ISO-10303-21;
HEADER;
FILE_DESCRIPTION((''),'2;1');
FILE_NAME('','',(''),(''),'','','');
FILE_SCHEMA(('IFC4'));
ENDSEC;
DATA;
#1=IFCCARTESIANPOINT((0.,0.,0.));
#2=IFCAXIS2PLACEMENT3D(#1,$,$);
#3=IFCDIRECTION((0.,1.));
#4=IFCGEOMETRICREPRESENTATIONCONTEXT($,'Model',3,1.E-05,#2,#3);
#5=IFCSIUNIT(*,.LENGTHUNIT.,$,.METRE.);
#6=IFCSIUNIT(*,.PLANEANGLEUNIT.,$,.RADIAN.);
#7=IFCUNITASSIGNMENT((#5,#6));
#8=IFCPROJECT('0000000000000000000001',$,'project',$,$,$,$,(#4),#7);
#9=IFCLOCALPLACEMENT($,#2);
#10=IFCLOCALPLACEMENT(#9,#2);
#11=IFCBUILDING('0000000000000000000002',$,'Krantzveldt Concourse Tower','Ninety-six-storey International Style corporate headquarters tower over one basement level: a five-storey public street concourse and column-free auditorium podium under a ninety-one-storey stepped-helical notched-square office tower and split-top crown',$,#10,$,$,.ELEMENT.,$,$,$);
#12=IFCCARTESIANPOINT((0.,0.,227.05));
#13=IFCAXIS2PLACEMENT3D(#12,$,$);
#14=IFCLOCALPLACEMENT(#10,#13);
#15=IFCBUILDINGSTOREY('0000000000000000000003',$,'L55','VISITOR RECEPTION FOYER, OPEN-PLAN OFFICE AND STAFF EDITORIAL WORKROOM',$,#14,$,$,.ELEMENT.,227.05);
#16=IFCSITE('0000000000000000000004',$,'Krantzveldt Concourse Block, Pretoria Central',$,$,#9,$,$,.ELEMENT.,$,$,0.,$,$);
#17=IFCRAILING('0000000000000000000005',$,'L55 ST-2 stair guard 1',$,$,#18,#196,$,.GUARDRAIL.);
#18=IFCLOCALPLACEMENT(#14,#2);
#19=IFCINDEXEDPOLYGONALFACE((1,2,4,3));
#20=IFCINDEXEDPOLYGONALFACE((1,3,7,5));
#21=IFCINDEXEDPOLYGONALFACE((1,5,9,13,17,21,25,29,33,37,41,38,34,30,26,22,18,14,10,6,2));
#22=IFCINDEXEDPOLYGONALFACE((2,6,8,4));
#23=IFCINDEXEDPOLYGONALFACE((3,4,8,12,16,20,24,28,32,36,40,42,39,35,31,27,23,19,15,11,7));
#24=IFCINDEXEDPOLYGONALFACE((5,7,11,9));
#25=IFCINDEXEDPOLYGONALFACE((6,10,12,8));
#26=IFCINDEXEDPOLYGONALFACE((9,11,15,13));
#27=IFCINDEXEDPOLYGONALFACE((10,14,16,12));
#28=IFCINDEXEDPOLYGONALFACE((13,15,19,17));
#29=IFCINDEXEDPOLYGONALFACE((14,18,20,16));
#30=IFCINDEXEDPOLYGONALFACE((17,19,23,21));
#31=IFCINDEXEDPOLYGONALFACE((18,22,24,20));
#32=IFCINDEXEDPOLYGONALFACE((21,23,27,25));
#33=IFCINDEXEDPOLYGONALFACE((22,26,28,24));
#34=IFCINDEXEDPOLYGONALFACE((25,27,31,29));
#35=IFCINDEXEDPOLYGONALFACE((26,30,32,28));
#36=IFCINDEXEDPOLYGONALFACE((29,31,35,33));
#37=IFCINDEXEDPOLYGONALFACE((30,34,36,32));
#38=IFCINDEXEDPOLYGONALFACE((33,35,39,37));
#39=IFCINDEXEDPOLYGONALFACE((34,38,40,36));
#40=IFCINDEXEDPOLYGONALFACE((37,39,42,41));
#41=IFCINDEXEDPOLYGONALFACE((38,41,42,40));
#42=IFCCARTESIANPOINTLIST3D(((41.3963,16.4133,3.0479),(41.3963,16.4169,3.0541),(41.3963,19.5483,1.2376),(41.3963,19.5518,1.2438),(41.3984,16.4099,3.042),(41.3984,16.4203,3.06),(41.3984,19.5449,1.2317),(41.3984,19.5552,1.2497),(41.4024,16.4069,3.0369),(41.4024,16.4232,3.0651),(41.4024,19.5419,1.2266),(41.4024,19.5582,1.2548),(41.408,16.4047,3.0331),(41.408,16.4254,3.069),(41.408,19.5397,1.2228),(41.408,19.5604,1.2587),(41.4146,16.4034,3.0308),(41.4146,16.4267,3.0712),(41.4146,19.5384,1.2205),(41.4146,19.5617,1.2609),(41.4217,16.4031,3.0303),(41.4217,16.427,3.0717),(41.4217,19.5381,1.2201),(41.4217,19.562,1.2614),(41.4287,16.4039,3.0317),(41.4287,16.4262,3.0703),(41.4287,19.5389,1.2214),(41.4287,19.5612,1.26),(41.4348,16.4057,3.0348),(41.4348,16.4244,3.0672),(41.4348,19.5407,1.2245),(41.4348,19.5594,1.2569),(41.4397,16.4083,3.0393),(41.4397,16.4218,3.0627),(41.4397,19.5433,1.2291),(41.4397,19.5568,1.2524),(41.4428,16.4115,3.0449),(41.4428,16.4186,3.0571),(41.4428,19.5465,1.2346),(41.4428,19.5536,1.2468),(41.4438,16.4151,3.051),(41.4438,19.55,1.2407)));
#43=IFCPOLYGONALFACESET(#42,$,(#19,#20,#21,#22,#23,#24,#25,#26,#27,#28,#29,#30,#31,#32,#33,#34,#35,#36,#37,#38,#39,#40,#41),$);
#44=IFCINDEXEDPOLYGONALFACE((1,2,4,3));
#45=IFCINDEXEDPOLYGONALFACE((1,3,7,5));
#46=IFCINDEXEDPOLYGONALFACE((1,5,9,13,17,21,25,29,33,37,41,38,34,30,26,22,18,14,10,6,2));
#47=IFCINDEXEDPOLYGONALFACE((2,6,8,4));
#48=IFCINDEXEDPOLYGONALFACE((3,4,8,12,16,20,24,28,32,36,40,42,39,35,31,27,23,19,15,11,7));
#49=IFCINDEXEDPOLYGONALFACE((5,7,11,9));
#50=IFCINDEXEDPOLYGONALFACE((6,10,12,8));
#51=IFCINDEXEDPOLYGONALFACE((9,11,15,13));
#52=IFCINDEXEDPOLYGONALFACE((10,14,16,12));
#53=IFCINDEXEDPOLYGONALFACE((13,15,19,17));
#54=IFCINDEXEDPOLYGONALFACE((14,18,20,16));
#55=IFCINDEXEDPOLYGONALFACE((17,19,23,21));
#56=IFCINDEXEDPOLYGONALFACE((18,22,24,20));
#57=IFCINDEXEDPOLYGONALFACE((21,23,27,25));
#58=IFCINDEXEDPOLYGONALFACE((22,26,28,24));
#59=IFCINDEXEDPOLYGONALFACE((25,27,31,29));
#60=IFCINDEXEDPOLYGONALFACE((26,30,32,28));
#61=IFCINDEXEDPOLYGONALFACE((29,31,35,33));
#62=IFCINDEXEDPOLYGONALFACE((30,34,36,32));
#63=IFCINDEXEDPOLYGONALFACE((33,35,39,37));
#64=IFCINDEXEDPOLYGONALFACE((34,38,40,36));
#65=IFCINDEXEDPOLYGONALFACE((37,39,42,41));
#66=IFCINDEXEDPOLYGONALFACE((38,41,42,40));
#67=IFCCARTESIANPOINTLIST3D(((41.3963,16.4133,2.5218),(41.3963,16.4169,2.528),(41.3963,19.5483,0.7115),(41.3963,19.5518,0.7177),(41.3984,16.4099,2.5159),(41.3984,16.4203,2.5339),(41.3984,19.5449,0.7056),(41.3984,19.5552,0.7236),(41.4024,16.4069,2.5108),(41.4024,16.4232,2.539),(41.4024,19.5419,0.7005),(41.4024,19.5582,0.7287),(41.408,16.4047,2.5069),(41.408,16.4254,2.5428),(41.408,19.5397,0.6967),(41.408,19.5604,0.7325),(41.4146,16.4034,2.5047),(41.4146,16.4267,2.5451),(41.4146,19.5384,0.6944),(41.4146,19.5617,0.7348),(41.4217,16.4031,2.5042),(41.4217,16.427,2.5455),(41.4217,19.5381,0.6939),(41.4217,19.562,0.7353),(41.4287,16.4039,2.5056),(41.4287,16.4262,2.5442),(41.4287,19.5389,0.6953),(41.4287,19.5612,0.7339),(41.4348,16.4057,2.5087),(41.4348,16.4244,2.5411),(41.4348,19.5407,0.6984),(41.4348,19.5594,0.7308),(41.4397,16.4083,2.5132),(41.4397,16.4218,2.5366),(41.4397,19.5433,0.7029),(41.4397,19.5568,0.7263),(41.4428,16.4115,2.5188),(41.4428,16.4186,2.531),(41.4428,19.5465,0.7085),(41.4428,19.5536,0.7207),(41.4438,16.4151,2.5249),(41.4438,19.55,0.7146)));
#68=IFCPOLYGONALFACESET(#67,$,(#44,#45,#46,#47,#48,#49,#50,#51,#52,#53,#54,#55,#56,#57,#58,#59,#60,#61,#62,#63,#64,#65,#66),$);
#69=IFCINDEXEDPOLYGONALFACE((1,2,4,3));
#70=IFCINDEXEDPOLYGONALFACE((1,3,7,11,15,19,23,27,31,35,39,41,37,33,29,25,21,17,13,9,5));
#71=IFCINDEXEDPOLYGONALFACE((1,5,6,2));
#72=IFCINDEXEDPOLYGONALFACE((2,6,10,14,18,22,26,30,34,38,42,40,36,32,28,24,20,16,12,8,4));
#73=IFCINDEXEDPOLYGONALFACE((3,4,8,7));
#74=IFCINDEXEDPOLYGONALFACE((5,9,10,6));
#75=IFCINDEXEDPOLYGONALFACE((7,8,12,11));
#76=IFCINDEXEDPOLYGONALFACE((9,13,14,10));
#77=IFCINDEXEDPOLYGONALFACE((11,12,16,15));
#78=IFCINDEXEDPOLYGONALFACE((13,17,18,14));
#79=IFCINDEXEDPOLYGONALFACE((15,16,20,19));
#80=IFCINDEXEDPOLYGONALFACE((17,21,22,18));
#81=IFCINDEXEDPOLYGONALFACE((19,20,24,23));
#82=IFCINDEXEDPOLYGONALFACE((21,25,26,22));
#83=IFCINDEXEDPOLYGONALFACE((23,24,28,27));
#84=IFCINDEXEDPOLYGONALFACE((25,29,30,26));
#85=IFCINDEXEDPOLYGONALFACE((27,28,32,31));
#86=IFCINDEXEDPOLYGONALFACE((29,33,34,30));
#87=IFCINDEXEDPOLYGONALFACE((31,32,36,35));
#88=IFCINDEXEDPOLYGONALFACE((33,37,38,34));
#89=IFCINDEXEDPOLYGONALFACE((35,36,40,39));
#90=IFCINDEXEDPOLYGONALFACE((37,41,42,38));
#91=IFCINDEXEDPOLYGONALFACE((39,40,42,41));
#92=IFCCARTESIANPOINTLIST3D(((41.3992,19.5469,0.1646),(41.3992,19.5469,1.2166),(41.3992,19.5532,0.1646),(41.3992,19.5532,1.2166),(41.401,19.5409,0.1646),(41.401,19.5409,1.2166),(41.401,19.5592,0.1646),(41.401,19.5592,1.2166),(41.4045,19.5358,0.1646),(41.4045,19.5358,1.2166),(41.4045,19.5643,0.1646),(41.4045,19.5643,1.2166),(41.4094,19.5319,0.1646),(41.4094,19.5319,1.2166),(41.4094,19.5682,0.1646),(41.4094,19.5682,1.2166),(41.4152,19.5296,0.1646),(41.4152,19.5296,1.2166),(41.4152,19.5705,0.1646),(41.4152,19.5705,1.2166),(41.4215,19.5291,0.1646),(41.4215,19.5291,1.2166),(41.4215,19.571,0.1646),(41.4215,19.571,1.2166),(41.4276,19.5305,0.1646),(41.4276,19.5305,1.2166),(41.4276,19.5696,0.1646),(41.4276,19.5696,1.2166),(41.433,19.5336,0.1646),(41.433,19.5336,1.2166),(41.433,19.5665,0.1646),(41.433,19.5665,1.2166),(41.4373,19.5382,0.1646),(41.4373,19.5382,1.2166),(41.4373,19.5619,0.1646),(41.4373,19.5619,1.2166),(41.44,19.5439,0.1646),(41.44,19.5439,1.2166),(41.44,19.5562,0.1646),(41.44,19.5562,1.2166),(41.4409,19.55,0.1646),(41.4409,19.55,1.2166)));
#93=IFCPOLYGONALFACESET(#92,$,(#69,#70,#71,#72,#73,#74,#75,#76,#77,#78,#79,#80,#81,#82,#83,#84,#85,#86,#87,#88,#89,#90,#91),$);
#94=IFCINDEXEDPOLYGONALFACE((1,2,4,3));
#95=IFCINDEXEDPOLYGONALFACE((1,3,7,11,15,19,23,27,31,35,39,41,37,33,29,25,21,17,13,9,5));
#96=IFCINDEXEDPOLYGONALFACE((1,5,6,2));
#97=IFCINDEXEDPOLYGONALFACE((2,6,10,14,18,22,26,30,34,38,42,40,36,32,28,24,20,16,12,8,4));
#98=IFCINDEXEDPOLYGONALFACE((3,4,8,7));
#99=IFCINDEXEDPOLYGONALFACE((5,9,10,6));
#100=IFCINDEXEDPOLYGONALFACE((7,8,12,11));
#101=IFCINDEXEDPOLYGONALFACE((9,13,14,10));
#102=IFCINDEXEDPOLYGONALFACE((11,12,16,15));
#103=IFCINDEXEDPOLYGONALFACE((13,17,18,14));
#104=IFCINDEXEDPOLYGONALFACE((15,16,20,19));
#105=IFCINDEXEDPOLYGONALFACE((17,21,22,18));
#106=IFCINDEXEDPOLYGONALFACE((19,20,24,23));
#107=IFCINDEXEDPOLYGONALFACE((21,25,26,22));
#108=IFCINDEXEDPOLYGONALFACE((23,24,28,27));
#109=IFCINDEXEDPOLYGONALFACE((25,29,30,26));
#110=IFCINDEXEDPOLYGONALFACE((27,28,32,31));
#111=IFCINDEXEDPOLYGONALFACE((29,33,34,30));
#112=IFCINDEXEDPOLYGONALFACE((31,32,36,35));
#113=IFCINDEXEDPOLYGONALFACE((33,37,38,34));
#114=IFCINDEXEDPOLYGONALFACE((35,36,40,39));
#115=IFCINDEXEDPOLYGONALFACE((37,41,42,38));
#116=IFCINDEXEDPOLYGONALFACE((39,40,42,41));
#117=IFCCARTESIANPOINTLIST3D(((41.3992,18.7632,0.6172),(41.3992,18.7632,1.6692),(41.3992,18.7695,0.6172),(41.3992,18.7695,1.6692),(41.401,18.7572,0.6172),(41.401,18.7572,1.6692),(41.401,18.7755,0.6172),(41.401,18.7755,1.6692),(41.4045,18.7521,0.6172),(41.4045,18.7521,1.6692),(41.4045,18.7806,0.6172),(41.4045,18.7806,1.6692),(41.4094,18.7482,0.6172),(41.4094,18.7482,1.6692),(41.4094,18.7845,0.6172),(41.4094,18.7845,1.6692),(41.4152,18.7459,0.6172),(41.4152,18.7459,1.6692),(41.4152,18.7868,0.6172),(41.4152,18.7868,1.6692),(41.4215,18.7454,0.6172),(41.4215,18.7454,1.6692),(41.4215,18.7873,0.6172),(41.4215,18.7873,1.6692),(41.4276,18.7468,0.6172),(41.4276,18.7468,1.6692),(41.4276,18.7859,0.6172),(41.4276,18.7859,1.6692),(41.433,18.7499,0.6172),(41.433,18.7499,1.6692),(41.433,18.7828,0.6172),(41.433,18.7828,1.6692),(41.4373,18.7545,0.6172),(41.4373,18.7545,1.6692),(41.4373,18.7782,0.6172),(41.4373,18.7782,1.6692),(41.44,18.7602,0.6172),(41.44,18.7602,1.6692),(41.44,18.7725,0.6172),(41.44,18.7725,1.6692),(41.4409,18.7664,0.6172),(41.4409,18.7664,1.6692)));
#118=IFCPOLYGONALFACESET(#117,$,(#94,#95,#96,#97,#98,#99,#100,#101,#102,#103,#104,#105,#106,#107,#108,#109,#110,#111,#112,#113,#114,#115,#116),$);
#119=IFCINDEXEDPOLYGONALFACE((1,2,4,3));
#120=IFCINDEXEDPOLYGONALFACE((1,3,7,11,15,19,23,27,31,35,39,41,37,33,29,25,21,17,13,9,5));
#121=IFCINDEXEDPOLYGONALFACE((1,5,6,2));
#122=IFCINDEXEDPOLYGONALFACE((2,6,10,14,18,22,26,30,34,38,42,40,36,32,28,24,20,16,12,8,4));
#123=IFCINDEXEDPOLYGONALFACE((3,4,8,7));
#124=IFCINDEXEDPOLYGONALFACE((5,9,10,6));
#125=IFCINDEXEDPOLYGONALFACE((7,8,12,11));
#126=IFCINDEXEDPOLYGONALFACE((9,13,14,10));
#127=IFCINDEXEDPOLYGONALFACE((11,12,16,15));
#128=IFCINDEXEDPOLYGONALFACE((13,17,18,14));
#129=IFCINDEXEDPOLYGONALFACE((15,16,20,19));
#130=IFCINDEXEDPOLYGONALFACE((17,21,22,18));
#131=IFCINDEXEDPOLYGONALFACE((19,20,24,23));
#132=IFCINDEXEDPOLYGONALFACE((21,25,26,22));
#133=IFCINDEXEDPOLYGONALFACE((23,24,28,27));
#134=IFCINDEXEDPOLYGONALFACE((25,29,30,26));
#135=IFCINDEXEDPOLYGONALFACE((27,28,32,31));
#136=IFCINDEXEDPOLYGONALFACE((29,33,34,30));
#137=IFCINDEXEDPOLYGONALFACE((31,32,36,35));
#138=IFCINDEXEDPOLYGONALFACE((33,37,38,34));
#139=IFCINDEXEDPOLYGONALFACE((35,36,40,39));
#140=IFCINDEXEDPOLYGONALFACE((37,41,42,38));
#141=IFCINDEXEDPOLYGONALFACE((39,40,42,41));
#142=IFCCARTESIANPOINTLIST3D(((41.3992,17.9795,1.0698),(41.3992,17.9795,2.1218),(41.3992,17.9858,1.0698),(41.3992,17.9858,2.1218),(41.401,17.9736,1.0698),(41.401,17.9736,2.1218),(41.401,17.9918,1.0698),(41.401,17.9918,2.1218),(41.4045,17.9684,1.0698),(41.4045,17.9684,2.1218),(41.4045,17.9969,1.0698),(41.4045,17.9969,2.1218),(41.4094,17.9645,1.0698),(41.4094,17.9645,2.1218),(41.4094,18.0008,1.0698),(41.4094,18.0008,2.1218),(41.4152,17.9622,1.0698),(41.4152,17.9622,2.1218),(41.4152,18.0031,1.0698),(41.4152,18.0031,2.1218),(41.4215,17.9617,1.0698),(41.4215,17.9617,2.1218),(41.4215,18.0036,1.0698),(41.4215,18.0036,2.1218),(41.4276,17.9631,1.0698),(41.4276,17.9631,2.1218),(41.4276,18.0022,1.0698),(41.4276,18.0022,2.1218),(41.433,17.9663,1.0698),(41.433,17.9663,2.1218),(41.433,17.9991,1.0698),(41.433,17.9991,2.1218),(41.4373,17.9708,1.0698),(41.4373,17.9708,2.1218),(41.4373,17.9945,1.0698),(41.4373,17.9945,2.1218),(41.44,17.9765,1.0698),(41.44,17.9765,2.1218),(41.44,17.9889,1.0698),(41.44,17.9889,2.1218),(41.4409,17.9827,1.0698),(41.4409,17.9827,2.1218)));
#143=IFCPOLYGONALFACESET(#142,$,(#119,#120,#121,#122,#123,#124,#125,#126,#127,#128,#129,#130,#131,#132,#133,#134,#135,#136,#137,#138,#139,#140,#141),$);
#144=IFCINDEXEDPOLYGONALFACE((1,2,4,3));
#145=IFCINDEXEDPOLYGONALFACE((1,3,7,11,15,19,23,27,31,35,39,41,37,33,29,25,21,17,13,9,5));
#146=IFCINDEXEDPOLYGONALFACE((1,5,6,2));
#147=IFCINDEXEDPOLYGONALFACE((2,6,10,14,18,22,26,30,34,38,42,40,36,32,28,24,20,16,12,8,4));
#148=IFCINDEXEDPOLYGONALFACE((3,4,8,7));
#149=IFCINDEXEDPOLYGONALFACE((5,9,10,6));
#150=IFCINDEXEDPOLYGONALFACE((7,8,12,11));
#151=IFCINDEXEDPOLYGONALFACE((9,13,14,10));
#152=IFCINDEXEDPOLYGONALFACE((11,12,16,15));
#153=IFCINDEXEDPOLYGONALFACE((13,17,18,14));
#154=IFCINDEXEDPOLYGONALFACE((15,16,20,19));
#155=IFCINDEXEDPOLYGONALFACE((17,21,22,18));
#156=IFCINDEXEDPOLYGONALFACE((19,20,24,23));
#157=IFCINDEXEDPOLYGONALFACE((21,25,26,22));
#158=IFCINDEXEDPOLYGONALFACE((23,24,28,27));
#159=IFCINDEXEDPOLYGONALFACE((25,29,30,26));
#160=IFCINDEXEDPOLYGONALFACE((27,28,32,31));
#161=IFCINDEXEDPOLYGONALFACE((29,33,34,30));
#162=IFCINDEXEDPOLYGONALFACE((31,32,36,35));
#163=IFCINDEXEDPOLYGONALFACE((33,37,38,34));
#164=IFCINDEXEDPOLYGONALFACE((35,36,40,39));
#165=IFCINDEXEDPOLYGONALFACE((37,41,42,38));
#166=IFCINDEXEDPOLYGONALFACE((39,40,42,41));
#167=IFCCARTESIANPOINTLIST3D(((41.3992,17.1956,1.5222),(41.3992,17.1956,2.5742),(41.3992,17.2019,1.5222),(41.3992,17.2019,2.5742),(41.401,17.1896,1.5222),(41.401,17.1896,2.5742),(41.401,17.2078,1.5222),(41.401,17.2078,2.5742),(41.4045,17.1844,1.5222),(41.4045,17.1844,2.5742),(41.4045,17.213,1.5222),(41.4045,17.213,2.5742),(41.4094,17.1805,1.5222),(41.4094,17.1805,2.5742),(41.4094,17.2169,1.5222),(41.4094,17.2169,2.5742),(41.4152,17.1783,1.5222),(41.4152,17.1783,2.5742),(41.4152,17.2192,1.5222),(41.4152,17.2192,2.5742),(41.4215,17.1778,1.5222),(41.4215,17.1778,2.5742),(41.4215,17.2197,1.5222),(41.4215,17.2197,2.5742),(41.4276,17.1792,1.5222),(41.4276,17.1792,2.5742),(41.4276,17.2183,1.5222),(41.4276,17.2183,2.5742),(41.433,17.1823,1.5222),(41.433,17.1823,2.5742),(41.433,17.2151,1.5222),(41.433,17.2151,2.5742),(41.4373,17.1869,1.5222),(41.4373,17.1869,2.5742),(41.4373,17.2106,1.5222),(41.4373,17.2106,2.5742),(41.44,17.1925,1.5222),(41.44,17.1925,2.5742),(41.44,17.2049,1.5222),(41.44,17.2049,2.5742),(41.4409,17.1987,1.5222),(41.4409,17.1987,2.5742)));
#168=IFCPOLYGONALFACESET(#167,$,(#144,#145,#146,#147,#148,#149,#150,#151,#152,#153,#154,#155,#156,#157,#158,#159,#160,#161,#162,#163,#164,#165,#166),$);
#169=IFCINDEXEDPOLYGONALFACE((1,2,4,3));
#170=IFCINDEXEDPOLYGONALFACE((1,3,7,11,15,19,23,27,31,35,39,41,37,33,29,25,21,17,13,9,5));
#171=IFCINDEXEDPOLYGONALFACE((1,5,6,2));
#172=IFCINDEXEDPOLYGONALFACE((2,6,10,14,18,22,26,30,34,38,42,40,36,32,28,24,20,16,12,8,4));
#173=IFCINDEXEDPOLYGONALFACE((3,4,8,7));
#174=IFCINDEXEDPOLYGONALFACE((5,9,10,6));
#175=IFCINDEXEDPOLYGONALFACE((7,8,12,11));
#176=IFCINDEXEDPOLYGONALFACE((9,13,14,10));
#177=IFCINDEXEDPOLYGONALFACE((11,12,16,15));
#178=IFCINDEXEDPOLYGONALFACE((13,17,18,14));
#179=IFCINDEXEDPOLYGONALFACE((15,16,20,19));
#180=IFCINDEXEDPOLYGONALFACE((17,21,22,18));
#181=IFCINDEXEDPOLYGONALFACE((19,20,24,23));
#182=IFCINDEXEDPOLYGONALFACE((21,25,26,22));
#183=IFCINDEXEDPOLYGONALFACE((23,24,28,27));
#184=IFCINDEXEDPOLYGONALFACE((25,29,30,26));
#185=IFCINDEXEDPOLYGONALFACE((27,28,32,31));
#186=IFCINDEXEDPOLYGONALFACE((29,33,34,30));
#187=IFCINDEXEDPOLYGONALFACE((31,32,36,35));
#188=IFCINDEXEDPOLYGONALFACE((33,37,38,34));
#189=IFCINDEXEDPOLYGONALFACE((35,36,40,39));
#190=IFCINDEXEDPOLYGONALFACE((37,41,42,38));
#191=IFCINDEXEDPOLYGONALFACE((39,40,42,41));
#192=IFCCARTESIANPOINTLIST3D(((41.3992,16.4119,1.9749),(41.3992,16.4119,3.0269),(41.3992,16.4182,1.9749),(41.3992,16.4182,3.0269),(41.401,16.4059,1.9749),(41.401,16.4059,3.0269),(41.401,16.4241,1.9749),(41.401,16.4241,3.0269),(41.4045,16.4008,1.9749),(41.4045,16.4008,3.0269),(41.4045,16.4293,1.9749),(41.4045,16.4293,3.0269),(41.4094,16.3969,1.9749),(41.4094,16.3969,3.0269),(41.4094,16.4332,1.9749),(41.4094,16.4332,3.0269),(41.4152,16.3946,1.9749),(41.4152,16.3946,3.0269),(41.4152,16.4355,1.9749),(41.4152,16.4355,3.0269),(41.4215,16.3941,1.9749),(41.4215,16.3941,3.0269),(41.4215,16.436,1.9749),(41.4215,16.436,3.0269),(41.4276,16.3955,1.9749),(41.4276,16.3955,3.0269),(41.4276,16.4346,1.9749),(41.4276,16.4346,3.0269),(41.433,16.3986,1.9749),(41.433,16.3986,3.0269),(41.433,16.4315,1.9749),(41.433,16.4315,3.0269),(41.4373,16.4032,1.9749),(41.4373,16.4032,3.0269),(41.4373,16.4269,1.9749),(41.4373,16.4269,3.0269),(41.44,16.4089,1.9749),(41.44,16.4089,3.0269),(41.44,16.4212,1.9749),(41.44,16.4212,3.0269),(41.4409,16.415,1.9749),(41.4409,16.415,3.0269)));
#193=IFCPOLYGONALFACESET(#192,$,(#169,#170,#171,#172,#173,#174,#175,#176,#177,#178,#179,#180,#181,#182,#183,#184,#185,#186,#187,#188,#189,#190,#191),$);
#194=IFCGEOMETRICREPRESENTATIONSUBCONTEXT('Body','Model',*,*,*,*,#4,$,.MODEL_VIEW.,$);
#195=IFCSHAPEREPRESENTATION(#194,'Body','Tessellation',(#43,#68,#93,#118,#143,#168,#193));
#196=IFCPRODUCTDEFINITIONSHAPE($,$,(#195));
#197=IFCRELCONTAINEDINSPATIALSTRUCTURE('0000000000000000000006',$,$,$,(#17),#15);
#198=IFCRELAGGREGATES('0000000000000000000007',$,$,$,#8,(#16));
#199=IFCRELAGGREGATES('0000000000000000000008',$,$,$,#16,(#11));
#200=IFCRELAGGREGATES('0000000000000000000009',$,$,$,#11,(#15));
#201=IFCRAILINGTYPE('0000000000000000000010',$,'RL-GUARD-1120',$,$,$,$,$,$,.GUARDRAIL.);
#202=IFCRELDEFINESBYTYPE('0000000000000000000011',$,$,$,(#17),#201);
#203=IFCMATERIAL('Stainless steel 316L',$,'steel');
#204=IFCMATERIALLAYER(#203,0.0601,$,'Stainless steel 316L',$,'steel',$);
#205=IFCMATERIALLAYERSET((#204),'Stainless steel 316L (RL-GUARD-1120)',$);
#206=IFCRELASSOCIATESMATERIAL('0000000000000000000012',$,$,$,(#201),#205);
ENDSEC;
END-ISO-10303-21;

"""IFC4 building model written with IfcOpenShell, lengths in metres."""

from ifc_helpers import new_model, si_unit, direction, frame, origin, origin_2d, place, context, subcontext, project, spatial, circle, extrude, material, layer, layer_set, type_object, element, save


model = new_model("IFC4")

# Units and contexts
model_context = context("Model", 3, precision=1e-05, world=origin(), true_north=direction((0.0, 1.0)))
body_context = subcontext(model_context, "Body", "Model", "MODEL_VIEW")
ifc_project = project(units=[si_unit("LENGTHUNIT", "METRE"), si_unit("PLANEANGLEUNIT", "RADIAN")], contexts=[model_context])

# Site, building, storey
site_placement = place(None, origin())
site = spatial("IfcSite", under=ifc_project, at=site_placement, Name="Krantzveldt Concourse Block, Pretoria Central", CompositionType="ELEMENT", RefElevation=0.0)
building_placement = place(site_placement, origin())
building = spatial("IfcBuilding", under=site, at=building_placement, Name="Krantzveldt Concourse Tower", Description="Ninety-six-storey International Style corporate headquarters tower over one basement level: a five-storey public street concourse and column-free auditorium podium under a ninety-one-storey stepped-helical notched-square office tower and split-top crown", CompositionType="ELEMENT")
storey_placement = place(building_placement, frame((0.0, 0.0, 227.05)))
storey = spatial("IfcBuildingStorey", under=building, at=storey_placement, Name="L55", Description="VISITOR RECEPTION FOYER, OPEN-PLAN OFFICE AND STAFF EDITORIAL WORKROOM", CompositionType="ELEMENT", Elevation=227.05)

# Shared definitions
ifc_material_1 = material(Name="Stainless steel 316L", Category="steel")

# Railing
ifc_layer_1 = layer(ifc_material_1, 0.0601, Name="Stainless steel 316L", Category="steel")
ifc_layer_set_1 = layer_set([ifc_layer_1], Name="Stainless steel 316L (RL-GUARD-1120)")
railing_type_1 = type_object("IfcRailingType", Name="RL-GUARD-1120", PredefinedType="GUARDRAIL", material=ifc_layer_set_1)
railing_1_placement = place(storey_placement, frame((41.4199, 19.55, 0.1646)))
element("IfcRailing", 1, at=railing_1_placement, inside=storey, type_object=railing_type_1, Name="L55 ST-2 stair guard 1", PredefinedType="GUARDRAIL", context=body_context, shape_type="SweptSolid", body=[
    extrude(circle(Radius=0.0239, at=origin_2d()), frame((0.0, 0.0, 1.0762), z_axis=(0.0, -0.865989, 0.500063), x_axis=(1.0, 0.0, 0.0)), (0.0, 0.0, 1.0), 3.6201),
    extrude(circle(Radius=0.0239, at=origin_2d()), frame((0.0, 0.0, 0.55), z_axis=(0.0, -0.865989, 0.500063), x_axis=(1.0, 0.0, 0.0)), (0.0, 0.0, 1.0), 3.6201),
    extrude(circle(Radius=0.021, at=origin_2d()), origin(), (0.0, 0.0, 1.0), 1.052),
    extrude(circle(Radius=0.021, at=origin_2d()), frame((0.0, -0.7837, 0.4526)), (0.0, 0.0, 1.0), 1.052),
    extrude(circle(Radius=0.021, at=origin_2d()), frame((0.0, -1.5674, 0.9053)), (0.0, 0.0, 1.0), 1.052),
    extrude(circle(Radius=0.021, at=origin_2d()), frame((0.0, -2.3513, 1.3577)), (0.0, 0.0, 1.0), 1.052),
    extrude(circle(Radius=0.021, at=origin_2d()), frame((0.0, -3.135, 1.8103)), (0.0, 0.0, 1.0), 1.052),
])

save(model, "model.ifc")
